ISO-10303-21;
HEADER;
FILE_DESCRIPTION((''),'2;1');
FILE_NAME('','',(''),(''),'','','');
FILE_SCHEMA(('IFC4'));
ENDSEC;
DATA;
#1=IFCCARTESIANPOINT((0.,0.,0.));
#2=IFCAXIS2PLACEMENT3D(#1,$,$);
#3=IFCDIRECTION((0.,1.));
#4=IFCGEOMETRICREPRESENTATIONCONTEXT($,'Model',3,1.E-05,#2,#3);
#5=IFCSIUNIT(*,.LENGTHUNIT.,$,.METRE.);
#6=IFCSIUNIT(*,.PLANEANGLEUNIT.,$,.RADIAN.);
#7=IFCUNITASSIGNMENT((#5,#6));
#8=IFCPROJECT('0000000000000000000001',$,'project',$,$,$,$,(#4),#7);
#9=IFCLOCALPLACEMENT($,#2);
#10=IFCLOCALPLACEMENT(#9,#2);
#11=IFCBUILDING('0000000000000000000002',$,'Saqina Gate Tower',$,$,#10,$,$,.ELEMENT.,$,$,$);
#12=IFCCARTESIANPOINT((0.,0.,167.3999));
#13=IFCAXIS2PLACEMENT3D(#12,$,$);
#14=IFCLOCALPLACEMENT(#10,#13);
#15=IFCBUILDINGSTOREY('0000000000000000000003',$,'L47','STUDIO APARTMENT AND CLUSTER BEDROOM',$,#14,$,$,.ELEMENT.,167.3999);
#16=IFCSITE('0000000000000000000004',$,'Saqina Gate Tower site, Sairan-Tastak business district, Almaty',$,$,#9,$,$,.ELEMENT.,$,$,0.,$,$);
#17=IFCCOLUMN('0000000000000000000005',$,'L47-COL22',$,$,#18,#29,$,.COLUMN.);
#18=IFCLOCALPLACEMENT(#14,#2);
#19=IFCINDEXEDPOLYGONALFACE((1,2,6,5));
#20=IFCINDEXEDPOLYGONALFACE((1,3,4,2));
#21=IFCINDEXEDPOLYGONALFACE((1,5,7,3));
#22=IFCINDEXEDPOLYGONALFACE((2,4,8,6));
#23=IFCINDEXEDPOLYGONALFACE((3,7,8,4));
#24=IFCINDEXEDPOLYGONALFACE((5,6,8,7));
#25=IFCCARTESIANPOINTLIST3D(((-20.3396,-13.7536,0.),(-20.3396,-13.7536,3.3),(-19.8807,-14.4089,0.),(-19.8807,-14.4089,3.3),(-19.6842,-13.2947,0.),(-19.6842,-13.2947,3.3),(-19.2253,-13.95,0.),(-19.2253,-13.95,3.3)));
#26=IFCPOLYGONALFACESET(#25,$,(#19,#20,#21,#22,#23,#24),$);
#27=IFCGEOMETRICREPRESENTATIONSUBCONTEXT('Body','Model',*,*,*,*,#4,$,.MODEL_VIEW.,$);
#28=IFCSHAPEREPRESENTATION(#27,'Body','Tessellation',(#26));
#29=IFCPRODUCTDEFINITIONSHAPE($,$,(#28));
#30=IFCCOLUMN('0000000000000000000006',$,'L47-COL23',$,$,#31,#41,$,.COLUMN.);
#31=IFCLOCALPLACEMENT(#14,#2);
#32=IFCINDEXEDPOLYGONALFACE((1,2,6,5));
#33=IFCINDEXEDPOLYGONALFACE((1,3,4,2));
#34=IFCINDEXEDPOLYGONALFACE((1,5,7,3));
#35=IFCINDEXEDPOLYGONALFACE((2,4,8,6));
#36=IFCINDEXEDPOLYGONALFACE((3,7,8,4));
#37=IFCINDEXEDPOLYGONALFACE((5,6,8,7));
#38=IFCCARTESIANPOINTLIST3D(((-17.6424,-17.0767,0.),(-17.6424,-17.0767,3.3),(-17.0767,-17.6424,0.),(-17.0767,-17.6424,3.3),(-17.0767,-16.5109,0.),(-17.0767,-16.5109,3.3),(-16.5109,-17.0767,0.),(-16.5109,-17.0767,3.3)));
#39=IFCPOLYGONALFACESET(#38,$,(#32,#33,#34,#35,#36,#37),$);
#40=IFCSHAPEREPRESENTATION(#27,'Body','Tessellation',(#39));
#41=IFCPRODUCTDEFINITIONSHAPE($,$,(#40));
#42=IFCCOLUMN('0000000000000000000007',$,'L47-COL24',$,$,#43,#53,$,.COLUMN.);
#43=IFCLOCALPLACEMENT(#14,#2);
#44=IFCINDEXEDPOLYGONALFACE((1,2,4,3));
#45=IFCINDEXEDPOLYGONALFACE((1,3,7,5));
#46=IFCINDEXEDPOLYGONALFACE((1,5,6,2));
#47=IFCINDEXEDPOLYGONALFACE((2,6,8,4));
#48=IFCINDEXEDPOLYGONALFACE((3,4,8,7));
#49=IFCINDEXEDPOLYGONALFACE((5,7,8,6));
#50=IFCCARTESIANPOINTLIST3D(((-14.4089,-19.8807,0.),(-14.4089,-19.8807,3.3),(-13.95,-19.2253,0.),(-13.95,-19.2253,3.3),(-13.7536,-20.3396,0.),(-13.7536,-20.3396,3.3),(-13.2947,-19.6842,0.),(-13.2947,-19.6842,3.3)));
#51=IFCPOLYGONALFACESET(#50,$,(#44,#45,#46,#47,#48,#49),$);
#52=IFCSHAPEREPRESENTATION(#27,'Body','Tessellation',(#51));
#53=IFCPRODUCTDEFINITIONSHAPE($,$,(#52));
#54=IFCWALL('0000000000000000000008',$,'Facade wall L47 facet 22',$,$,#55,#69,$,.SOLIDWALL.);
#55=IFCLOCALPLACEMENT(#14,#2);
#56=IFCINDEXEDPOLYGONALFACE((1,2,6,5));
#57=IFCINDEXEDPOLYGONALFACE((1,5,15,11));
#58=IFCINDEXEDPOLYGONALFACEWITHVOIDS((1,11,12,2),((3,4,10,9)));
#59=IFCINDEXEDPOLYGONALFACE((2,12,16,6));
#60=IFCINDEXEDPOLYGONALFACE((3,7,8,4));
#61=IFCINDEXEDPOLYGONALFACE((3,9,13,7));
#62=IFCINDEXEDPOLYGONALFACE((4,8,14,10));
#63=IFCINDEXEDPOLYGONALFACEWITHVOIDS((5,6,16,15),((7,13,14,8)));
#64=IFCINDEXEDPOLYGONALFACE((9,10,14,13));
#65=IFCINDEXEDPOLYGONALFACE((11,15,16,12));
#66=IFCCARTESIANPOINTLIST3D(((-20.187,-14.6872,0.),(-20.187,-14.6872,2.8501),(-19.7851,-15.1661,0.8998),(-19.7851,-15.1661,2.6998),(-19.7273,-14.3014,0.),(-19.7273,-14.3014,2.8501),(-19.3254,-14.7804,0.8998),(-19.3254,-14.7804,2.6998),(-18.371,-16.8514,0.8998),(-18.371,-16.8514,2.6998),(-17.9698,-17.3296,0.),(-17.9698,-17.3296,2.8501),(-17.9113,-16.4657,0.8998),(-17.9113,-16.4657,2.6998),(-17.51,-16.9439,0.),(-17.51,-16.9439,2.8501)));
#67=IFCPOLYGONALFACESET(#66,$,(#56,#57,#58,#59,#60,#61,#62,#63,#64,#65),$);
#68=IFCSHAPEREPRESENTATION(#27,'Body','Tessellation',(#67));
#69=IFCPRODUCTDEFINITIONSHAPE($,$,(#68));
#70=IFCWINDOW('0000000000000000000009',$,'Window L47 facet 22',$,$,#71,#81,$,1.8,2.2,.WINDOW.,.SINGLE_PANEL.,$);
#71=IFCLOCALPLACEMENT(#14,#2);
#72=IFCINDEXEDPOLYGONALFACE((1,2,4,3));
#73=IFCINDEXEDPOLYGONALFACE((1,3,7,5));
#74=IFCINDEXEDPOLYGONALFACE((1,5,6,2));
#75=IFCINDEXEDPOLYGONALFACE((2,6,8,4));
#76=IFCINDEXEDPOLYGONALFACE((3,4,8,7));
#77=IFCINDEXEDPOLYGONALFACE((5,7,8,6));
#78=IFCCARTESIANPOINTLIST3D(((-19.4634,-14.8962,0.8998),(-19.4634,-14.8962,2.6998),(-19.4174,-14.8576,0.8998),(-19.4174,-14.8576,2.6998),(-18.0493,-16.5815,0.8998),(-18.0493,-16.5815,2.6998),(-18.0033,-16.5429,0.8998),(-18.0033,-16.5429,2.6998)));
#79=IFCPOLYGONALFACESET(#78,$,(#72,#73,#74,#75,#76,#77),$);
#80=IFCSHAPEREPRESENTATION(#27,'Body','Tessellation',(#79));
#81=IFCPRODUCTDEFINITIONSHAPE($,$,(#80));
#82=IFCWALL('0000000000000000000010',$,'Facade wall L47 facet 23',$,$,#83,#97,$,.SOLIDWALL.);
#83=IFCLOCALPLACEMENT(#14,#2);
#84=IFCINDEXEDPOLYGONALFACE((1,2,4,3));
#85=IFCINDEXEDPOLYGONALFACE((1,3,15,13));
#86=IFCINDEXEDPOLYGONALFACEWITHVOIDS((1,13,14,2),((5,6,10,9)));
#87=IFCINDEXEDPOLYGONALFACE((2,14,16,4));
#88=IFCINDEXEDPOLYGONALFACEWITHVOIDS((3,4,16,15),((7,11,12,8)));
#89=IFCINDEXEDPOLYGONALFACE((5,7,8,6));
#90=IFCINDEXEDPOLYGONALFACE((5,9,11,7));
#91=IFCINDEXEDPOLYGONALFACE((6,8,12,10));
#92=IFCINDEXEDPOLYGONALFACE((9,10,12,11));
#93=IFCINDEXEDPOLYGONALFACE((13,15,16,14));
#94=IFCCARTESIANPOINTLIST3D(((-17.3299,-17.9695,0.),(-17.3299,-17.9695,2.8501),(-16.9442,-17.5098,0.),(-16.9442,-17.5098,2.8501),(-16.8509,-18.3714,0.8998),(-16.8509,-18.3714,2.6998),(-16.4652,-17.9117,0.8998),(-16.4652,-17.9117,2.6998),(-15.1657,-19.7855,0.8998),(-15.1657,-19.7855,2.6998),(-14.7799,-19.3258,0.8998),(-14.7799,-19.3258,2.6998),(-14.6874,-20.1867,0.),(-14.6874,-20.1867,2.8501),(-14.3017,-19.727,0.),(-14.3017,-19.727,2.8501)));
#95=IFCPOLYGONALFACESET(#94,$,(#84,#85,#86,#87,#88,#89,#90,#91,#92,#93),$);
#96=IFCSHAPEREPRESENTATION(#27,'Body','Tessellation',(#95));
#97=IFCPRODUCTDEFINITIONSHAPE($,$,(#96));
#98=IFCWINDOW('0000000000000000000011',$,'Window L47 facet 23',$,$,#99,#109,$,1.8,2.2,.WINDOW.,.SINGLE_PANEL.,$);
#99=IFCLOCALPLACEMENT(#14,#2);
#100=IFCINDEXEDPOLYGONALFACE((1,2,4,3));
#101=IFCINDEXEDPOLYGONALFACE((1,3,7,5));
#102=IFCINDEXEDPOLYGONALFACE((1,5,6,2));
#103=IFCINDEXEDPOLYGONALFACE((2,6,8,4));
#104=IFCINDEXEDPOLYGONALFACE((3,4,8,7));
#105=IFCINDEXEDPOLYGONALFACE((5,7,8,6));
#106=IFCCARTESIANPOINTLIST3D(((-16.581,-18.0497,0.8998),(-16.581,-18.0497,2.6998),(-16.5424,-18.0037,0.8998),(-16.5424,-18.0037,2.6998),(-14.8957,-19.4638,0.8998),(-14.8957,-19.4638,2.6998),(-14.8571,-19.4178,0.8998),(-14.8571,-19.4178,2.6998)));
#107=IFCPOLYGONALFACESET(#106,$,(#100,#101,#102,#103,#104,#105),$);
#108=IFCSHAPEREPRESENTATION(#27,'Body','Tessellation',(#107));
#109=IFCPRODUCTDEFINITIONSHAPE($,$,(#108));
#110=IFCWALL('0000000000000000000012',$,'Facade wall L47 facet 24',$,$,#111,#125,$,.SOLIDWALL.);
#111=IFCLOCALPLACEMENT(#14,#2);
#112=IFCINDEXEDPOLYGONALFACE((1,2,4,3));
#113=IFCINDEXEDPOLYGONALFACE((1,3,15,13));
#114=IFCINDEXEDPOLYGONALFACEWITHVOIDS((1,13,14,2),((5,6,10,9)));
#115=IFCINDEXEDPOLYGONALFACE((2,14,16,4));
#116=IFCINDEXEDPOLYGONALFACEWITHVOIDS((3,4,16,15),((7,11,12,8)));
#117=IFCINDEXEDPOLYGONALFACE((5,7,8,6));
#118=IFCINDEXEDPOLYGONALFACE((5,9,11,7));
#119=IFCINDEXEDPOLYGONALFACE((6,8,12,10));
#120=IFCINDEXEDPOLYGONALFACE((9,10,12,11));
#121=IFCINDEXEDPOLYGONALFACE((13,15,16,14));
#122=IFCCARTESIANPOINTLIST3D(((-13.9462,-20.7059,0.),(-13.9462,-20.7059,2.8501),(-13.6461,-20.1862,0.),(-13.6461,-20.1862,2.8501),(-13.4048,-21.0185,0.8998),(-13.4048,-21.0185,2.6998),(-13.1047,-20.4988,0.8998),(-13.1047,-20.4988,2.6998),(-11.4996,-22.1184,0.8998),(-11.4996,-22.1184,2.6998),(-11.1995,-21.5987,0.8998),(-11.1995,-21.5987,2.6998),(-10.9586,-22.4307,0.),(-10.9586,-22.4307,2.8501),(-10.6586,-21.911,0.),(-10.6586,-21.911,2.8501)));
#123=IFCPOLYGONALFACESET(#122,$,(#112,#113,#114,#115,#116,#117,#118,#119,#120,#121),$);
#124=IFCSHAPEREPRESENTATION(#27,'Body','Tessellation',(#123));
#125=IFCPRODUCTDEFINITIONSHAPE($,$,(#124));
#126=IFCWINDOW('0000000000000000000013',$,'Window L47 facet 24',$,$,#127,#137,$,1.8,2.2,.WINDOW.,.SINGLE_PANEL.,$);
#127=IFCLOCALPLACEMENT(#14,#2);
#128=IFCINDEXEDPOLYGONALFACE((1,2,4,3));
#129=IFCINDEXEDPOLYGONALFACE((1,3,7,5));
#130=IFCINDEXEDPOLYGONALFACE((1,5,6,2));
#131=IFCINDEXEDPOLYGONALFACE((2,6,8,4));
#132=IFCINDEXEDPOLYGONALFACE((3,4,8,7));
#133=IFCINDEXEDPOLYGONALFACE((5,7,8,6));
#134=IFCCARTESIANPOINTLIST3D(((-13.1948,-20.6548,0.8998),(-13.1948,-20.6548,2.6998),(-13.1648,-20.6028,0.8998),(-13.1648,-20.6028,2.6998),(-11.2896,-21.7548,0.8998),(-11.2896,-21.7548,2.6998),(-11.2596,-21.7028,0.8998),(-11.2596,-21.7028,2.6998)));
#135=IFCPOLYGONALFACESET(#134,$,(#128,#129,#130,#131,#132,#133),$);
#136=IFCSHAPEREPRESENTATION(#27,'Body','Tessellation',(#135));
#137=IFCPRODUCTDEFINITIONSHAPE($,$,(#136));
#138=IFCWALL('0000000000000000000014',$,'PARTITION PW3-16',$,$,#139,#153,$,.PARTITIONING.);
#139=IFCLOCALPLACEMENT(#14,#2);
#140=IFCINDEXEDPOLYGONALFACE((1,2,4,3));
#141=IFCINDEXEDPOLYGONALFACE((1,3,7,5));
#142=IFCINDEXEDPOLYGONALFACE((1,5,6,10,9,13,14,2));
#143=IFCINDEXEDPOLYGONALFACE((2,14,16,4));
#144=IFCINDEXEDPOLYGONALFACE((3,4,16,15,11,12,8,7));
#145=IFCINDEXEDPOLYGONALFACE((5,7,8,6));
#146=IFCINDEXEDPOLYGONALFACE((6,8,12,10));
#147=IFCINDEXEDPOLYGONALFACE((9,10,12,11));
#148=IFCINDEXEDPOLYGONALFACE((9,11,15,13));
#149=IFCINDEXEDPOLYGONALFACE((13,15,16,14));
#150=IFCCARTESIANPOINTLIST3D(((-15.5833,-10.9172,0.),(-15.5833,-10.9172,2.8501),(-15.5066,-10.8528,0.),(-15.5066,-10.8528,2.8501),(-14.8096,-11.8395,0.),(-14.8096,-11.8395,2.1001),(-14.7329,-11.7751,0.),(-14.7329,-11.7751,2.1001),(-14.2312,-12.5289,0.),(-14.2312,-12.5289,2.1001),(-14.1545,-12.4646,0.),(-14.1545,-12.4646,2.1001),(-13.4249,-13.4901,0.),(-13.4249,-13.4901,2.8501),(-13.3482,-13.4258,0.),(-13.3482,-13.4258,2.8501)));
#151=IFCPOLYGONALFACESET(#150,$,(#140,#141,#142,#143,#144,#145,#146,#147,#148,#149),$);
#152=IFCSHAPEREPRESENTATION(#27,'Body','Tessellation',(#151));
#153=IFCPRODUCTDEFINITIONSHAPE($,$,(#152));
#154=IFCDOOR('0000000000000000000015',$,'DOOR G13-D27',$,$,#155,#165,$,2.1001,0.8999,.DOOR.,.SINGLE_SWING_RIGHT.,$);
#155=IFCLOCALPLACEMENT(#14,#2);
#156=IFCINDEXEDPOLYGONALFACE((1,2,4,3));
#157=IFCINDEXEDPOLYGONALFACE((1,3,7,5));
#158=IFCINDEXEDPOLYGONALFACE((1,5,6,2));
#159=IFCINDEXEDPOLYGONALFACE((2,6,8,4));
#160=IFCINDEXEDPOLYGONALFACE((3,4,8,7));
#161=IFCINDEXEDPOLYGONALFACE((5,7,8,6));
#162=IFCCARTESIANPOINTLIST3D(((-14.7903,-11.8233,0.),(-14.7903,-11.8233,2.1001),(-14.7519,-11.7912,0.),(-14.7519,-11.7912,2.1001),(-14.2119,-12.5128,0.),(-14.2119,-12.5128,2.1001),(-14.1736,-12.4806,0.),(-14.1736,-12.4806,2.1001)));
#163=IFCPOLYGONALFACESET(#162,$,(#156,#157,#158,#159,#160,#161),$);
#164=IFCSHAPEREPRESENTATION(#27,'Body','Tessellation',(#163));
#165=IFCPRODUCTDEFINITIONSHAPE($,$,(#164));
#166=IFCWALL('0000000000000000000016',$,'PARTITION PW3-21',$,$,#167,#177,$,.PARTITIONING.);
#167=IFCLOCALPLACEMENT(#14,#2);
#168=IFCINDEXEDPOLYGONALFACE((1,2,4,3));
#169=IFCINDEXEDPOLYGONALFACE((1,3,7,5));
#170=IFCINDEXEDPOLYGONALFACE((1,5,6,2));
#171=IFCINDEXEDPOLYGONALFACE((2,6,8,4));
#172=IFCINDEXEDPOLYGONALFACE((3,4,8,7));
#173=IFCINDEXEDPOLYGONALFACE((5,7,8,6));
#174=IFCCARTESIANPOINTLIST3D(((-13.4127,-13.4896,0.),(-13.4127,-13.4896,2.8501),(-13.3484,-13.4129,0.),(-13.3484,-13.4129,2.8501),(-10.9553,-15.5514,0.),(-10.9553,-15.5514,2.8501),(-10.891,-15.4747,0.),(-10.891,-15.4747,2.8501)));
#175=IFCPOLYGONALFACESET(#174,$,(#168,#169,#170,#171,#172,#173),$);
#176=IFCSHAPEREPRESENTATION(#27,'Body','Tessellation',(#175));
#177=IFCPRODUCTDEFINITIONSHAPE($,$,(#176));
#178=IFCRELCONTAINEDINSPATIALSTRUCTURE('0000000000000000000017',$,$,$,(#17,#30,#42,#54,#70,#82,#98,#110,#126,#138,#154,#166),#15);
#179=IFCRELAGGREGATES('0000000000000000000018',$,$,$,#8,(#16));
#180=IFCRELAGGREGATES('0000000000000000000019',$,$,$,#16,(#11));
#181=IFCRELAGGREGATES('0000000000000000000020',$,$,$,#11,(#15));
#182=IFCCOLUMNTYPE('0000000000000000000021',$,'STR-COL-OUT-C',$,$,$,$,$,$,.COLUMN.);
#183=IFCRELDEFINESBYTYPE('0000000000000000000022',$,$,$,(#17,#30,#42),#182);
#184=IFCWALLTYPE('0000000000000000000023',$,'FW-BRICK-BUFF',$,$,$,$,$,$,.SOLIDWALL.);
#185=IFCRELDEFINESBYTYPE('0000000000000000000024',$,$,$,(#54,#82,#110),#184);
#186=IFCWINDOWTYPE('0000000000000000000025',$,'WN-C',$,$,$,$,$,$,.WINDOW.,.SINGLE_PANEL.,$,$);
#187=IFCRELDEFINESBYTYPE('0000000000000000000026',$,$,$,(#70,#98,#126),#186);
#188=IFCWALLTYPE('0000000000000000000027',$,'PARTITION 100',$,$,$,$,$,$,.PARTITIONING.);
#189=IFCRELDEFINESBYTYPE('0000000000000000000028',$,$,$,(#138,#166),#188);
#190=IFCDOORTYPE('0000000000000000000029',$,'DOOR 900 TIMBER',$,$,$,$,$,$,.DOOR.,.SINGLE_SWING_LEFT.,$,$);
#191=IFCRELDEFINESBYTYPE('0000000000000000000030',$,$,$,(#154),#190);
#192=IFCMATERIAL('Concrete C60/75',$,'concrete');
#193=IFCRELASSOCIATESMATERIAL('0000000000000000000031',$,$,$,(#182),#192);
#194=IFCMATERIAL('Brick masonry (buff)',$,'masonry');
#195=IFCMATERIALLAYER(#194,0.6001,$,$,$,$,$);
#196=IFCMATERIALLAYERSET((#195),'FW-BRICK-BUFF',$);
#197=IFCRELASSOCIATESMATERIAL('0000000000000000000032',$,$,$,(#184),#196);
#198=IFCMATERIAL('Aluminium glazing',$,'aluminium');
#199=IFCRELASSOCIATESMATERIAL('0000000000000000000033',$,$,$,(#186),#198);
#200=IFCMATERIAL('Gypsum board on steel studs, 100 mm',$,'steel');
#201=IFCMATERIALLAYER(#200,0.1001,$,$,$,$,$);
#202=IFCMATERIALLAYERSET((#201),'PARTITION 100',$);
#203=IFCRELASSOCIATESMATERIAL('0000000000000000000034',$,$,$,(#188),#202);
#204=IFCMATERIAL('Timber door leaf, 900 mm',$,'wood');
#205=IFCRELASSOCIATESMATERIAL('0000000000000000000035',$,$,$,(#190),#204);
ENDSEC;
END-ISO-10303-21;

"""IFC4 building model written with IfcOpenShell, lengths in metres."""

from ifc_helpers import new_model, si_unit, direction, frame, frame_2d, origin, origin_2d, place, context, subcontext, project, spatial, rectangle, extrude, material, layer, layer_set, material_profile, profile_set, type_object, element, fill, save


model = new_model("IFC4")

# Units and contexts
model_context = context("Model", 3, precision=1e-05, world=origin(), true_north=direction((0.0, 1.0)))
body_context = subcontext(model_context, "Body", "Model", "MODEL_VIEW")
ifc_project = project(units=[si_unit("LENGTHUNIT", "METRE"), si_unit("PLANEANGLEUNIT", "RADIAN")], contexts=[model_context])

# Site, building, storey
site_placement = place(None, origin())
site = spatial("IfcSite", under=ifc_project, at=site_placement, Name="Saqina Gate Tower site, Sairan-Tastak business district, Almaty", CompositionType="ELEMENT", RefElevation=0.0)
building_placement = place(site_placement, origin())
building = spatial("IfcBuilding", under=site, at=building_placement, Name="Saqina Gate Tower", CompositionType="ELEMENT")
storey_placement = place(building_placement, frame((0.0, 0.0, 167.3999)))
storey = spatial("IfcBuildingStorey", under=building, at=storey_placement, Name="L47", Description="STUDIO APARTMENT AND CLUSTER BEDROOM", CompositionType="ELEMENT", Elevation=167.3999)

# Columns
ifc_material_1 = material(Name="Concrete C60/75", Category="concrete")
ifc_material_profile = material_profile(ifc_material_1, rectangle(XDim=0.8, YDim=0.8, at=origin_2d()), Name="RC 800x800")
ifc_profile_set = profile_set([ifc_material_profile], Name="Concrete C60/75")
column_type = type_object("IfcColumnType", Name="STR-COL-OUT-C", PredefinedType="COLUMN", material=ifc_profile_set)
for number, where, z_axis, x_axis, name in (
    (1, (-19.7825, -13.8518, 0.0), (0.0, 0.0, 1.0), (-0.819152, -0.573576, 0.0), "L47-COL22"),
    (2, (-17.0767, -17.0767, 0.0), (0.0, 0.0, 1.0), (-0.707107, -0.707107, 0.0), "L47-COL23"),
    (3, (-13.8518, -19.7825, 0.0), (0.0, 0.0, 1.0), (-0.573576, -0.819152, 0.0), "L47-COL24"),
):
    element("IfcColumn", number, at=place(storey_placement, frame(where, z_axis=z_axis, x_axis=x_axis)), inside=storey, type_object=column_type, Name=name, PredefinedType="COLUMN", context=body_context, shape_type="SweptSolid", body=[
        extrude(rectangle(XDim=0.8, YDim=0.8, at=origin_2d()), origin(), (0.0, 0.0, 1.0), 3.3),
    ])

# Walls, openings, windows
ifc_material_2 = material(Name="Brick masonry (buff)", Category="masonry")
ifc_layer_1 = layer(ifc_material_2, 0.6001)
ifc_layer_set_1 = layer_set([ifc_layer_1], Name="FW-BRICK-BUFF")
wall_type_1 = type_object("IfcWallType", Name="FW-BRICK-BUFF", PredefinedType="SOLIDWALL", material=ifc_layer_set_1)
wall_1_placement = place(storey_placement, frame((-19.957, -14.4944, 0.0), z_axis=(0.0, 0.0, 1.0), x_axis=(0.64277, -0.766059, 0.0)))
wall_1 = element("IfcWall", 4, at=wall_1_placement, inside=storey, type_object=wall_type_1, Name="Facade wall L47 facet 22", PredefinedType="SOLIDWALL", context=body_context, shape_type="SweptSolid", body=[
    extrude(rectangle(XDim=3.4495, YDim=0.6001, at=frame_2d((1.7246, 0.0))), origin(), (0.0, 0.0, 1.0), 2.8501),
])
opening_1_placement = place(wall_1_placement, frame((0.625, 0.0, 0.8999)))
opening_1 = element("IfcOpeningElement", 5, at=opening_1_placement, cuts=wall_1, PredefinedType="OPENING", context=body_context, shape_type="SweptSolid", body=[
    extrude(rectangle(XDim=2.2, YDim=1.8, at=frame_2d((1.1001, 0.8999))), frame((0.0, 0.312, 0.0), z_axis=(0.0, -1.0, 0.0), x_axis=(1.0, 0.0, 0.0)), (0.0, 0.0, 1.0), 0.624),
])
ifc_material_3 = material(Name="Aluminium glazing", Category="aluminium")
window_type = type_object("IfcWindowType", Name="WN-C", PartitioningType="SINGLE_PANEL", PredefinedType="WINDOW", material=ifc_material_3)
window_1_placement = place(opening_1_placement, origin())
window_1 = element("IfcWindow", 6, at=window_1_placement, inside=storey, type_object=window_type, Name="Window L47 facet 22", OverallHeight=1.8, OverallWidth=2.2, PartitioningType="SINGLE_PANEL", PredefinedType="WINDOW", context=body_context, shape_type="SweptSolid", body=[
    extrude(rectangle(XDim=2.2, YDim=1.8, at=frame_2d((1.1001, 0.8999))), frame((0.0, 0.1799, 0.0), z_axis=(0.0, -1.0, 0.0), x_axis=(1.0, 0.0, 0.0)), (0.0, 0.0, 1.0), 0.0601),
])
fill(opening_1, window_1)
wall_2_placement = place(storey_placement, frame((-17.137, -17.7397, 0.0), z_axis=(0.0, 0.0, 1.0), x_axis=(0.766059, -0.64277, 0.0)))
wall_2 = element("IfcWall", 7, at=wall_2_placement, inside=storey, type_object=wall_type_1, Name="Facade wall L47 facet 23", PredefinedType="SOLIDWALL", context=body_context, shape_type="SweptSolid", body=[
    extrude(rectangle(XDim=3.4495, YDim=0.6001, at=frame_2d((1.7246, 0.0))), origin(), (0.0, 0.0, 1.0), 2.8501),
])
opening_2_placement = place(wall_2_placement, frame((0.625, 0.0, 0.8999)))
opening_2 = element("IfcOpeningElement", 8, at=opening_2_placement, cuts=wall_2, PredefinedType="OPENING", context=body_context, shape_type="SweptSolid", body=[
    extrude(rectangle(XDim=2.2, YDim=1.8, at=frame_2d((1.1001, 0.8999))), frame((0.0, 0.312, 0.0), z_axis=(0.0, -1.0, 0.0), x_axis=(1.0, 0.0, 0.0)), (0.0, 0.0, 1.0), 0.624),
])
window_2_placement = place(opening_2_placement, origin())
window_2 = element("IfcWindow", 9, at=window_2_placement, inside=storey, type_object=window_type, Name="Window L47 facet 23", OverallHeight=1.8, OverallWidth=2.2, PartitioningType="SINGLE_PANEL", PredefinedType="WINDOW", context=body_context, shape_type="SweptSolid", body=[
    extrude(rectangle(XDim=2.2, YDim=1.8, at=frame_2d((1.1001, 0.8999))), frame((0.0, 0.1799, 0.0), z_axis=(0.0, -1.0, 0.0), x_axis=(1.0, 0.0, 0.0)), (0.0, 0.0, 1.0), 0.0601),
])
fill(opening_2, window_2)
wall_3_placement = place(storey_placement, frame((-13.7961, -20.446, 0.0), z_axis=(0.0, 0.0, 1.0), x_axis=(0.866026, -0.499998, 0.0)))
wall_3 = element("IfcWall", 10, at=wall_3_placement, inside=storey, type_object=wall_type_1, Name="Facade wall L47 facet 24", PredefinedType="SOLIDWALL", context=body_context, shape_type="SweptSolid", body=[
    extrude(rectangle(XDim=3.4497, YDim=0.6001, at=frame_2d((1.7249, 0.0))), origin(), (0.0, 0.0, 1.0), 2.8501),
])
opening_3_placement = place(wall_3_placement, frame((0.625, 0.0, 0.8999)))
opening_3 = element("IfcOpeningElement", 11, at=opening_3_placement, cuts=wall_3, PredefinedType="OPENING", context=body_context, shape_type="SweptSolid", body=[
    extrude(rectangle(XDim=2.2, YDim=1.8, at=frame_2d((1.1001, 0.8999))), frame((0.0, 0.312, 0.0), z_axis=(0.0, -1.0, 0.0), x_axis=(1.0, 0.0, 0.0)), (0.0, 0.0, 1.0), 0.624),
])
window_3_placement = place(opening_3_placement, origin())
window_3 = element("IfcWindow", 12, at=window_3_placement, inside=storey, type_object=window_type, Name="Window L47 facet 24", OverallHeight=1.8, OverallWidth=2.2, PartitioningType="SINGLE_PANEL", PredefinedType="WINDOW", context=body_context, shape_type="SweptSolid", body=[
    extrude(rectangle(XDim=2.2, YDim=1.8, at=frame_2d((1.1001, 0.8999))), frame((0.0, 0.1799, 0.0), z_axis=(0.0, -1.0, 0.0), x_axis=(1.0, 0.0, 0.0)), (0.0, 0.0, 1.0), 0.0601),
])
fill(opening_3, window_3)

# Wall, opening, door
ifc_material_4 = material(Name="Gypsum board on steel studs, 100 mm", Category="steel")
ifc_layer_2 = layer(ifc_material_4, 0.1001)
ifc_layer_set_2 = layer_set([ifc_layer_2], Name="PARTITION 100")
wall_type_2 = type_object("IfcWallType", Name="PARTITION 100", PredefinedType="PARTITIONING", material=ifc_layer_set_2)
wall_4_placement = place(storey_placement, frame((-15.5449, -10.885, 0.0), z_axis=(0.0, 0.0, 1.0), x_axis=(0.642691, -0.766126, 0.0)))
wall_4 = element("IfcWall", 13, at=wall_4_placement, inside=storey, type_object=wall_type_2, Name="PARTITION PW3-16", PredefinedType="PARTITIONING", context=body_context, shape_type="SweptSolid", body=[
    extrude(rectangle(XDim=3.3584, YDim=0.1001, at=frame_2d((1.6792, 0.0))), origin(), (0.0, 0.0, 1.0), 2.8501),
])
opening_4_placement = place(wall_4_placement, frame((1.2039, 0.0, 0.0)))
opening_4 = element("IfcOpeningElement", 14, at=opening_4_placement, cuts=wall_4, PredefinedType="OPENING", context=body_context, shape_type="SweptSolid", body=[
    extrude(rectangle(XDim=0.8999, YDim=2.1001, at=frame_2d((0.45, 1.05))), frame((0.0, 0.062, 0.0), z_axis=(0.0, -1.0, 0.0), x_axis=(1.0, 0.0, 0.0)), (0.0, 0.0, 1.0), 0.124),
])
ifc_material_5 = material(Name="Timber door leaf, 900 mm", Category="wood")
door_type = type_object("IfcDoorType", Name="DOOR 900 TIMBER", OperationType="SINGLE_SWING_LEFT", PredefinedType="DOOR", material=ifc_material_5)
door_placement = place(opening_4_placement, frame((0.8999, 0.0, 0.0), z_axis=(0.0, 0.0, 1.0), x_axis=(-1.0, 0.0, 0.0)))
door = element("IfcDoor", 15, at=door_placement, inside=storey, type_object=door_type, Name="DOOR G13-D27", OperationType="SINGLE_SWING_RIGHT", OverallHeight=2.1001, OverallWidth=0.8999, PredefinedType="DOOR", context=body_context, shape_type="SweptSolid", body=[
    extrude(rectangle(XDim=0.8999, YDim=2.1001, at=frame_2d((0.45, 1.05))), frame((0.0, 0.0249, 0.0), z_axis=(0.0, -1.0, 0.0), x_axis=(1.0, 0.0, 0.0)), (0.0, 0.0, 1.0), 0.05),
])
fill(opening_4, door)

# Wall
wall_5_placement = place(storey_placement, frame((-13.3806, -13.4512, 0.0), z_axis=(0.0, 0.0, 1.0), x_axis=(0.766065, -0.642764, 0.0)))
element("IfcWall", 16, at=wall_5_placement, inside=storey, type_object=wall_type_2, Name="PARTITION PW3-21", PredefinedType="PARTITIONING", context=body_context, shape_type="SweptSolid", body=[
    extrude(rectangle(XDim=3.2078, YDim=0.1001, at=frame_2d((1.604, 0.0))), origin(), (0.0, 0.0, 1.0), 2.8501),
])

save(model, "model.ifc")
